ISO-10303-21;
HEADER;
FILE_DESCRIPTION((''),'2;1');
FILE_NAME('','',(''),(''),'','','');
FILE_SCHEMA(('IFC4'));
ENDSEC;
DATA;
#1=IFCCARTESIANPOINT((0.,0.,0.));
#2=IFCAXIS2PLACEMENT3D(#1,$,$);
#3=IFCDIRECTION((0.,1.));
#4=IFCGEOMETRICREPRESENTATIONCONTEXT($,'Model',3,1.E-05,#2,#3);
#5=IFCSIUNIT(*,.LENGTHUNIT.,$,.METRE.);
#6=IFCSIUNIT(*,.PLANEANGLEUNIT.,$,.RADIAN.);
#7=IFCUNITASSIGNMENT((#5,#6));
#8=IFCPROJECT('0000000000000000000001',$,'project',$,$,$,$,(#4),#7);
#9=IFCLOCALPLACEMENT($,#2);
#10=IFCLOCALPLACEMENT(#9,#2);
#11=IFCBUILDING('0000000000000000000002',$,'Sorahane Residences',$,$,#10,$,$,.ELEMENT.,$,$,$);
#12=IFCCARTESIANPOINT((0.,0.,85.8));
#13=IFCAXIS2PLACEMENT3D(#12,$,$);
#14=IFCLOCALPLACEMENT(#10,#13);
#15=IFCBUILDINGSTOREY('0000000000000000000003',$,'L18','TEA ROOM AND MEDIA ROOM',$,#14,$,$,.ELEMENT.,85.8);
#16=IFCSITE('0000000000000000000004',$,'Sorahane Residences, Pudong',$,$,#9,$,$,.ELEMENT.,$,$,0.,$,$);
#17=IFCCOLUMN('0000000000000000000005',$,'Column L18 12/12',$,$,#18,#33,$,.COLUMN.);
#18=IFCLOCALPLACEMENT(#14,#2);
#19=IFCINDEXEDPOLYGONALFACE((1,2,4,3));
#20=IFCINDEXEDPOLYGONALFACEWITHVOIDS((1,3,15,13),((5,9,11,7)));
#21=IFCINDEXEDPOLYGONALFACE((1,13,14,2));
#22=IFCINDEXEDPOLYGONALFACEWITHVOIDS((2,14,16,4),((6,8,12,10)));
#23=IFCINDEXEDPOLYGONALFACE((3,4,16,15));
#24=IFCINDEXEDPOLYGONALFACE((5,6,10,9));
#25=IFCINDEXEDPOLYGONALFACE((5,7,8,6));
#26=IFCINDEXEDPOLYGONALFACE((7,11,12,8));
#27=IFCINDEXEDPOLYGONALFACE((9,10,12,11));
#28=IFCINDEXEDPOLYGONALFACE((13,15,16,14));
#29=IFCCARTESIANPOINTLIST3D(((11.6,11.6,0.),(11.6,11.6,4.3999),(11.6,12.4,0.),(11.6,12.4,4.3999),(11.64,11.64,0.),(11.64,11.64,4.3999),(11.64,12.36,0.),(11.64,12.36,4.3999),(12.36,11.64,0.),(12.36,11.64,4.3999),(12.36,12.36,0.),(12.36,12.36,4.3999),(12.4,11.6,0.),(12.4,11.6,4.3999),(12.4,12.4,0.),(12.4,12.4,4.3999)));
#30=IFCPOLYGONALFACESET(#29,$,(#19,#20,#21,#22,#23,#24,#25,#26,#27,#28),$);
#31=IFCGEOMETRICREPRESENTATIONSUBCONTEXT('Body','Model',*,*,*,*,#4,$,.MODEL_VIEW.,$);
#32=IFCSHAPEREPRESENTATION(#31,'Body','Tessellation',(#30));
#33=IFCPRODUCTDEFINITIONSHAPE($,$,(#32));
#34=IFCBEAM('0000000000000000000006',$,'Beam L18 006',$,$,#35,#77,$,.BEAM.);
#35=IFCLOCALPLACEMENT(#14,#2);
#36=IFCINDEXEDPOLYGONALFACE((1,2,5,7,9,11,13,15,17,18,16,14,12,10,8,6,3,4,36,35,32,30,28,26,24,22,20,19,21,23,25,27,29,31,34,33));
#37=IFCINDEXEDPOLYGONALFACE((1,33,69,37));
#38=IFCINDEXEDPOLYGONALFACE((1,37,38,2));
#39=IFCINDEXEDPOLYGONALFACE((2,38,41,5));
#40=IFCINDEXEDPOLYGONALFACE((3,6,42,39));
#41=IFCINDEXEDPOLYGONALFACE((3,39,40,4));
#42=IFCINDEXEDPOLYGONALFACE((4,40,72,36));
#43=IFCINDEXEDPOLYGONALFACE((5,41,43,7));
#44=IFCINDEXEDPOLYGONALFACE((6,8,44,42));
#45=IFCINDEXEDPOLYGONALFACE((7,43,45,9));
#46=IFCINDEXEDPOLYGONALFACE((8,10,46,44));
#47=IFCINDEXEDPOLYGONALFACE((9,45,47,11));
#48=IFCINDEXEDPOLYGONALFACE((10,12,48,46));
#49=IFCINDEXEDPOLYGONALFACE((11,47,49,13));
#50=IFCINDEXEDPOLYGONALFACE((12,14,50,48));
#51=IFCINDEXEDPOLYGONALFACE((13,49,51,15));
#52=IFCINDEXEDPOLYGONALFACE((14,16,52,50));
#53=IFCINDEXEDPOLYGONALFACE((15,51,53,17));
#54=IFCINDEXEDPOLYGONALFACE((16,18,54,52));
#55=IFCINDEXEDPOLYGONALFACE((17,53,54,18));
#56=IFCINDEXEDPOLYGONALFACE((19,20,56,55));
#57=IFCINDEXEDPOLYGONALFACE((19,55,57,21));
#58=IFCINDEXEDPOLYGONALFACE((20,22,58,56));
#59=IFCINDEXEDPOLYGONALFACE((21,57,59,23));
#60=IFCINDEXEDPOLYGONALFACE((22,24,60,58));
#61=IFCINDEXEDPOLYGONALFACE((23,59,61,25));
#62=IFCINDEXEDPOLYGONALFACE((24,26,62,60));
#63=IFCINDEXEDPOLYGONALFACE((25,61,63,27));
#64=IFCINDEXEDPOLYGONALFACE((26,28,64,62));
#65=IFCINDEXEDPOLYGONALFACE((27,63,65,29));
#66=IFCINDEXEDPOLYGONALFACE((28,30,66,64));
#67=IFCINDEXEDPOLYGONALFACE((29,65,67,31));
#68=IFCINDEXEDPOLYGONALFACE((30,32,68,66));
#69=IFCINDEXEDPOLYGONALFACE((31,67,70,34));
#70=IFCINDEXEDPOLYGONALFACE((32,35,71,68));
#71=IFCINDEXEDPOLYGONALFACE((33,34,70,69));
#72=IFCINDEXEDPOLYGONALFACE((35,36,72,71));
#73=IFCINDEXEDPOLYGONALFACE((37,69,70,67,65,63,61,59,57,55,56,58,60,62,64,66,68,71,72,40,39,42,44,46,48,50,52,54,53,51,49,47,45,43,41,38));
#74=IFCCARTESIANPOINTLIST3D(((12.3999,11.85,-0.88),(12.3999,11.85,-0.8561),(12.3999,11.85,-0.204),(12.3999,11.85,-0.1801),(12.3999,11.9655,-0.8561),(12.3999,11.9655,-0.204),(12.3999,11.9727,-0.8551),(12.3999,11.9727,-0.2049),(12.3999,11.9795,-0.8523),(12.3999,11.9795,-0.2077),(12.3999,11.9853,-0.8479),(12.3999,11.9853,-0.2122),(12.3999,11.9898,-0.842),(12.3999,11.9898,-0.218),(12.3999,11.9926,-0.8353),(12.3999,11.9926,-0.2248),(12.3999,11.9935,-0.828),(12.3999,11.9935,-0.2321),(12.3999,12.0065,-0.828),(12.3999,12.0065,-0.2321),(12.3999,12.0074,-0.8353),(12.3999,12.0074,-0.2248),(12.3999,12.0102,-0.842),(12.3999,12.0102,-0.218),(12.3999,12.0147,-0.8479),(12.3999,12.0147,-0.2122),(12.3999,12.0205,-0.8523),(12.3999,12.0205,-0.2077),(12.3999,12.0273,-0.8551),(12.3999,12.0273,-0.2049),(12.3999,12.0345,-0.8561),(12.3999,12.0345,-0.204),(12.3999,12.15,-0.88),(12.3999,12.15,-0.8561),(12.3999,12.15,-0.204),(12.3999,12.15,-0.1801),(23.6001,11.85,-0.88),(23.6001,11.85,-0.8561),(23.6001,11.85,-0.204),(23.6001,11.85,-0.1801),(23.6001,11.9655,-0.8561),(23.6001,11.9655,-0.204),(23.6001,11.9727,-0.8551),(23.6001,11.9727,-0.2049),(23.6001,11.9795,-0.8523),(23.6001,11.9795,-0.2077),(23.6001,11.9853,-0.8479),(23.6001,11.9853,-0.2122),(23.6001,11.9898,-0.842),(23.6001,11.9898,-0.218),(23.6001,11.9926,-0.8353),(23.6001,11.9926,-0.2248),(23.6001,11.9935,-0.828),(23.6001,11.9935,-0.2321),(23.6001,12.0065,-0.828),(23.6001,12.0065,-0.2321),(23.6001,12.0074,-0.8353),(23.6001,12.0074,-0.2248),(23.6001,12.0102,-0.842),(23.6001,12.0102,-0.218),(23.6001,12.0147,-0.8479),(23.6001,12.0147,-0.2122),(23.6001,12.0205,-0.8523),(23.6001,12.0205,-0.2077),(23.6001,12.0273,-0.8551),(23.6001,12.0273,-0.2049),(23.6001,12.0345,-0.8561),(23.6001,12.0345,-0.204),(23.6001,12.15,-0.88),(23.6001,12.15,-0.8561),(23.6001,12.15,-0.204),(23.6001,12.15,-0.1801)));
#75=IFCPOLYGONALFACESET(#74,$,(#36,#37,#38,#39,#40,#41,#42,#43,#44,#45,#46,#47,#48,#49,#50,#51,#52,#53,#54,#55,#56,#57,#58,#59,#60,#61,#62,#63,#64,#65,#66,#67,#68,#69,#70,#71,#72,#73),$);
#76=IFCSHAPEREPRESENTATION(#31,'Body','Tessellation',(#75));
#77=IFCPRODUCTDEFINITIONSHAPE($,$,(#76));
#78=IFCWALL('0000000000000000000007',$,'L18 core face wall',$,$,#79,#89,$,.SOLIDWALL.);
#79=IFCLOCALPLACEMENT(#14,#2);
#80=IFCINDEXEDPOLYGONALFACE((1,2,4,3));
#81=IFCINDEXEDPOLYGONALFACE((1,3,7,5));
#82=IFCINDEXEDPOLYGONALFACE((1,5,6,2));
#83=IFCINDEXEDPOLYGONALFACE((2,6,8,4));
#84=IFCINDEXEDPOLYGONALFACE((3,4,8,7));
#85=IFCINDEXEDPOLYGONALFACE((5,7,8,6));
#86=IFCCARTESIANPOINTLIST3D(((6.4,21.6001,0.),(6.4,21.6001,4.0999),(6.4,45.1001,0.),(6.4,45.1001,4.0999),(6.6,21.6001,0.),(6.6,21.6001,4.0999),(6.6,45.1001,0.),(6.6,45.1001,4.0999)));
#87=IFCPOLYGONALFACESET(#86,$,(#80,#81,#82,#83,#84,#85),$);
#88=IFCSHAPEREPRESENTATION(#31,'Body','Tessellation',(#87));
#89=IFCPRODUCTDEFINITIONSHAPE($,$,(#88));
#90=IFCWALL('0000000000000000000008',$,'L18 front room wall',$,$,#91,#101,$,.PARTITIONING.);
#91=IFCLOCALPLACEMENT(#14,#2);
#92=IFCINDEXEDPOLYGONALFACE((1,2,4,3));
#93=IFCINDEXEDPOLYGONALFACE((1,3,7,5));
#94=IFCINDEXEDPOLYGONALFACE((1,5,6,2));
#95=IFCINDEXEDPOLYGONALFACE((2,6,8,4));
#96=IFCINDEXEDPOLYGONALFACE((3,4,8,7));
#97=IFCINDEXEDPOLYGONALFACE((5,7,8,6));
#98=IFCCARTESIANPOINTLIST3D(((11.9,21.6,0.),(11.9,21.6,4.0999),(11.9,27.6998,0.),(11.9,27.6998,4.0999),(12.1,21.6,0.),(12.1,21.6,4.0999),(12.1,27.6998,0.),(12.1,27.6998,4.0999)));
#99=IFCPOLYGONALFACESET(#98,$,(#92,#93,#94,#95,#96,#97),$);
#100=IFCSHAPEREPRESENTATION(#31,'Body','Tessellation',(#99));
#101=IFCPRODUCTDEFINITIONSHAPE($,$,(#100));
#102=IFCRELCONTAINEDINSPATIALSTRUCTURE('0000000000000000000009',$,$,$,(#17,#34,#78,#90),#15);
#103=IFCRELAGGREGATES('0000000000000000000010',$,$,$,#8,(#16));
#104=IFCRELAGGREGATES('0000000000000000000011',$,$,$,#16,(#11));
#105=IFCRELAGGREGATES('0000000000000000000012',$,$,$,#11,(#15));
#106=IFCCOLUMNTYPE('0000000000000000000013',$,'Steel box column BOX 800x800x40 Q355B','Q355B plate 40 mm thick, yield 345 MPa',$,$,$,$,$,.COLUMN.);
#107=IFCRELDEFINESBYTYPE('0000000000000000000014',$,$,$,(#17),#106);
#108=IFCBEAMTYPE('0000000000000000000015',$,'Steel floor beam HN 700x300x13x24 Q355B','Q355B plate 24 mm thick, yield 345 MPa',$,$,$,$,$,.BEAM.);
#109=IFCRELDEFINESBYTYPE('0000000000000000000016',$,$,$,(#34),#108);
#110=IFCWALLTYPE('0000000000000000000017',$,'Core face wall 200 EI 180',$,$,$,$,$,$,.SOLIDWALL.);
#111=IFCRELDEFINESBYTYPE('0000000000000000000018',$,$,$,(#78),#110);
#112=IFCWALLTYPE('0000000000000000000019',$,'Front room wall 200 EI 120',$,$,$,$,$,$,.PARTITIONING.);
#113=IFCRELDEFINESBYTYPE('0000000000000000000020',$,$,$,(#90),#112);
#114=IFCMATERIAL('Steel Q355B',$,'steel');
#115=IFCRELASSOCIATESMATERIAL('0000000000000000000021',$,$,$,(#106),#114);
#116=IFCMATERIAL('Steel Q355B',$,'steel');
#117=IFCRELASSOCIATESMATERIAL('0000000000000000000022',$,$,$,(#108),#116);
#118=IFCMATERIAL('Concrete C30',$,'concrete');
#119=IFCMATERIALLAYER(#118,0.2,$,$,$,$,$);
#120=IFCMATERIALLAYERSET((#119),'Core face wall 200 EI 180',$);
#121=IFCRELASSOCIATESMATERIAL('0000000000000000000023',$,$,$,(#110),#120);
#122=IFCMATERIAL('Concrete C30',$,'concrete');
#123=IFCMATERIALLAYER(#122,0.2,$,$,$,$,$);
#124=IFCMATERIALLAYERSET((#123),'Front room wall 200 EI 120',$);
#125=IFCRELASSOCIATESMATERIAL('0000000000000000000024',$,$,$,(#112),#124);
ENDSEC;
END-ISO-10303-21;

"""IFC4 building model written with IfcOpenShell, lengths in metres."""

from ifc_helpers import new_model, si_unit, direction, frame, frame_2d, origin, origin_2d, place, context, subcontext, project, spatial, rectangle, hollow_rectangle, i_section, extrude, material, layer, layer_set, material_profile, profile_set, type_object, element, save


model = new_model("IFC4")

# Units and contexts
model_context = context("Model", 3, precision=1e-05, world=origin(), true_north=direction((0.0, 1.0)))
body_context = subcontext(model_context, "Body", "Model", "MODEL_VIEW")
ifc_project = project(units=[si_unit("LENGTHUNIT", "METRE"), si_unit("PLANEANGLEUNIT", "RADIAN")], contexts=[model_context])

# Site, building, storey
site_placement = place(None, origin())
site = spatial("IfcSite", under=ifc_project, at=site_placement, Name="Sorahane Residences, Pudong", CompositionType="ELEMENT", RefElevation=0.0)
building_placement = place(site_placement, origin())
building = spatial("IfcBuilding", under=site, at=building_placement, Name="Sorahane Residences", CompositionType="ELEMENT")
storey_placement = place(building_placement, frame((0.0, 0.0, 85.8)))
storey = spatial("IfcBuildingStorey", under=building, at=storey_placement, Name="L18", Description="TEA ROOM AND MEDIA ROOM", CompositionType="ELEMENT", Elevation=85.8)

# Column
ifc_material_1 = material(Name="Steel Q355B", Category="steel")
ifc_material_profile_1 = material_profile(ifc_material_1, hollow_rectangle(XDim=0.8, YDim=0.8, WallThickness=0.04, at=origin_2d()), Name="BOX 800x800x40")
ifc_profile_set_1 = profile_set([ifc_material_profile_1], Name="Steel Q355B")
column_type = type_object("IfcColumnType", Name="Steel box column BOX 800x800x40 Q355B", Description="Q355B plate 40 mm thick, yield 345 MPa", PredefinedType="COLUMN", material=ifc_profile_set_1)
column_placement = place(storey_placement, frame((12.0, 12.0, 0.0), z_axis=(0.0, 0.0, 1.0), x_axis=(1.0, 0.0, 0.0)))
element("IfcColumn", 1, at=column_placement, inside=storey, type_object=column_type, Name="Column L18 12/12", PredefinedType="COLUMN", context=body_context, shape_type="SweptSolid", body=[
    extrude(hollow_rectangle(XDim=0.8, YDim=0.8, WallThickness=0.04, at=origin_2d()), origin(), (0.0, 0.0, 1.0), 4.3999),
])

# Beam
ifc_material_2 = material(Name="Steel Q355B", Category="steel")
ifc_material_profile_2 = material_profile(ifc_material_2, i_section(OverallWidth=0.3, OverallDepth=0.7, WebThickness=0.0129, FlangeThickness=0.0239, FilletRadius=0.0281, at=origin_2d()), Name="HN 700x300x13x24")
ifc_profile_set_2 = profile_set([ifc_material_profile_2], Name="Steel Q355B")
beam_type = type_object("IfcBeamType", Name="Steel floor beam HN 700x300x13x24 Q355B", Description="Q355B plate 24 mm thick, yield 345 MPa", PredefinedType="BEAM", material=ifc_profile_set_2)
beam_placement = place(storey_placement, frame((12.3999, 12.0, -0.53), z_axis=(1.0, 0.0, 0.0), x_axis=(0.0, 1.0, 0.0)))
element("IfcBeam", 2, at=beam_placement, inside=storey, type_object=beam_type, Name="Beam L18 006", PredefinedType="BEAM", context=body_context, shape_type="SweptSolid", body=[
    extrude(i_section(OverallWidth=0.3, OverallDepth=0.7, WebThickness=0.0129, FlangeThickness=0.0239, FilletRadius=0.0281, at=origin_2d()), origin(), (0.0, 0.0, 1.0), 11.2002),
])

# Walls
ifc_material_3 = material(Name="Concrete C30", Category="concrete")
ifc_layer_1 = layer(ifc_material_3, 0.2)
ifc_layer_set_1 = layer_set([ifc_layer_1], Name="Core face wall 200 EI 180")
wall_type_1 = type_object("IfcWallType", Name="Core face wall 200 EI 180", PredefinedType="SOLIDWALL", material=ifc_layer_set_1)
wall_1_placement = place(storey_placement, frame((6.5, 21.6001, 0.0), z_axis=(0.0, 0.0, 1.0), x_axis=(0.0, 1.0, 0.0)))
element("IfcWall", 3, at=wall_1_placement, inside=storey, type_object=wall_type_1, Name="L18 core face wall", PredefinedType="SOLIDWALL", context=body_context, shape_type="SweptSolid", body=[
    extrude(rectangle(XDim=23.5, YDim=0.2, at=frame_2d((11.75, 0.0))), origin(), (0.0, 0.0, 1.0), 4.0999),
])
ifc_material_4 = material(Name="Concrete C30", Category="concrete")
ifc_layer_2 = layer(ifc_material_4, 0.2)
ifc_layer_set_2 = layer_set([ifc_layer_2], Name="Front room wall 200 EI 120")
wall_type_2 = type_object("IfcWallType", Name="Front room wall 200 EI 120", PredefinedType="PARTITIONING", material=ifc_layer_set_2)
wall_2_placement = place(storey_placement, frame((12.0, 21.6001, 0.0), z_axis=(0.0, 0.0, 1.0), x_axis=(0.0, 1.0, 0.0)))
element("IfcWall", 4, at=wall_2_placement, inside=storey, type_object=wall_type_2, Name="L18 front room wall", PredefinedType="PARTITIONING", context=body_context, shape_type="SweptSolid", body=[
    extrude(rectangle(XDim=6.0999, YDim=0.2, at=frame_2d((3.0498, 0.0))), origin(), (0.0, 0.0, 1.0), 4.0999),
])

save(model, "model.ifc")
